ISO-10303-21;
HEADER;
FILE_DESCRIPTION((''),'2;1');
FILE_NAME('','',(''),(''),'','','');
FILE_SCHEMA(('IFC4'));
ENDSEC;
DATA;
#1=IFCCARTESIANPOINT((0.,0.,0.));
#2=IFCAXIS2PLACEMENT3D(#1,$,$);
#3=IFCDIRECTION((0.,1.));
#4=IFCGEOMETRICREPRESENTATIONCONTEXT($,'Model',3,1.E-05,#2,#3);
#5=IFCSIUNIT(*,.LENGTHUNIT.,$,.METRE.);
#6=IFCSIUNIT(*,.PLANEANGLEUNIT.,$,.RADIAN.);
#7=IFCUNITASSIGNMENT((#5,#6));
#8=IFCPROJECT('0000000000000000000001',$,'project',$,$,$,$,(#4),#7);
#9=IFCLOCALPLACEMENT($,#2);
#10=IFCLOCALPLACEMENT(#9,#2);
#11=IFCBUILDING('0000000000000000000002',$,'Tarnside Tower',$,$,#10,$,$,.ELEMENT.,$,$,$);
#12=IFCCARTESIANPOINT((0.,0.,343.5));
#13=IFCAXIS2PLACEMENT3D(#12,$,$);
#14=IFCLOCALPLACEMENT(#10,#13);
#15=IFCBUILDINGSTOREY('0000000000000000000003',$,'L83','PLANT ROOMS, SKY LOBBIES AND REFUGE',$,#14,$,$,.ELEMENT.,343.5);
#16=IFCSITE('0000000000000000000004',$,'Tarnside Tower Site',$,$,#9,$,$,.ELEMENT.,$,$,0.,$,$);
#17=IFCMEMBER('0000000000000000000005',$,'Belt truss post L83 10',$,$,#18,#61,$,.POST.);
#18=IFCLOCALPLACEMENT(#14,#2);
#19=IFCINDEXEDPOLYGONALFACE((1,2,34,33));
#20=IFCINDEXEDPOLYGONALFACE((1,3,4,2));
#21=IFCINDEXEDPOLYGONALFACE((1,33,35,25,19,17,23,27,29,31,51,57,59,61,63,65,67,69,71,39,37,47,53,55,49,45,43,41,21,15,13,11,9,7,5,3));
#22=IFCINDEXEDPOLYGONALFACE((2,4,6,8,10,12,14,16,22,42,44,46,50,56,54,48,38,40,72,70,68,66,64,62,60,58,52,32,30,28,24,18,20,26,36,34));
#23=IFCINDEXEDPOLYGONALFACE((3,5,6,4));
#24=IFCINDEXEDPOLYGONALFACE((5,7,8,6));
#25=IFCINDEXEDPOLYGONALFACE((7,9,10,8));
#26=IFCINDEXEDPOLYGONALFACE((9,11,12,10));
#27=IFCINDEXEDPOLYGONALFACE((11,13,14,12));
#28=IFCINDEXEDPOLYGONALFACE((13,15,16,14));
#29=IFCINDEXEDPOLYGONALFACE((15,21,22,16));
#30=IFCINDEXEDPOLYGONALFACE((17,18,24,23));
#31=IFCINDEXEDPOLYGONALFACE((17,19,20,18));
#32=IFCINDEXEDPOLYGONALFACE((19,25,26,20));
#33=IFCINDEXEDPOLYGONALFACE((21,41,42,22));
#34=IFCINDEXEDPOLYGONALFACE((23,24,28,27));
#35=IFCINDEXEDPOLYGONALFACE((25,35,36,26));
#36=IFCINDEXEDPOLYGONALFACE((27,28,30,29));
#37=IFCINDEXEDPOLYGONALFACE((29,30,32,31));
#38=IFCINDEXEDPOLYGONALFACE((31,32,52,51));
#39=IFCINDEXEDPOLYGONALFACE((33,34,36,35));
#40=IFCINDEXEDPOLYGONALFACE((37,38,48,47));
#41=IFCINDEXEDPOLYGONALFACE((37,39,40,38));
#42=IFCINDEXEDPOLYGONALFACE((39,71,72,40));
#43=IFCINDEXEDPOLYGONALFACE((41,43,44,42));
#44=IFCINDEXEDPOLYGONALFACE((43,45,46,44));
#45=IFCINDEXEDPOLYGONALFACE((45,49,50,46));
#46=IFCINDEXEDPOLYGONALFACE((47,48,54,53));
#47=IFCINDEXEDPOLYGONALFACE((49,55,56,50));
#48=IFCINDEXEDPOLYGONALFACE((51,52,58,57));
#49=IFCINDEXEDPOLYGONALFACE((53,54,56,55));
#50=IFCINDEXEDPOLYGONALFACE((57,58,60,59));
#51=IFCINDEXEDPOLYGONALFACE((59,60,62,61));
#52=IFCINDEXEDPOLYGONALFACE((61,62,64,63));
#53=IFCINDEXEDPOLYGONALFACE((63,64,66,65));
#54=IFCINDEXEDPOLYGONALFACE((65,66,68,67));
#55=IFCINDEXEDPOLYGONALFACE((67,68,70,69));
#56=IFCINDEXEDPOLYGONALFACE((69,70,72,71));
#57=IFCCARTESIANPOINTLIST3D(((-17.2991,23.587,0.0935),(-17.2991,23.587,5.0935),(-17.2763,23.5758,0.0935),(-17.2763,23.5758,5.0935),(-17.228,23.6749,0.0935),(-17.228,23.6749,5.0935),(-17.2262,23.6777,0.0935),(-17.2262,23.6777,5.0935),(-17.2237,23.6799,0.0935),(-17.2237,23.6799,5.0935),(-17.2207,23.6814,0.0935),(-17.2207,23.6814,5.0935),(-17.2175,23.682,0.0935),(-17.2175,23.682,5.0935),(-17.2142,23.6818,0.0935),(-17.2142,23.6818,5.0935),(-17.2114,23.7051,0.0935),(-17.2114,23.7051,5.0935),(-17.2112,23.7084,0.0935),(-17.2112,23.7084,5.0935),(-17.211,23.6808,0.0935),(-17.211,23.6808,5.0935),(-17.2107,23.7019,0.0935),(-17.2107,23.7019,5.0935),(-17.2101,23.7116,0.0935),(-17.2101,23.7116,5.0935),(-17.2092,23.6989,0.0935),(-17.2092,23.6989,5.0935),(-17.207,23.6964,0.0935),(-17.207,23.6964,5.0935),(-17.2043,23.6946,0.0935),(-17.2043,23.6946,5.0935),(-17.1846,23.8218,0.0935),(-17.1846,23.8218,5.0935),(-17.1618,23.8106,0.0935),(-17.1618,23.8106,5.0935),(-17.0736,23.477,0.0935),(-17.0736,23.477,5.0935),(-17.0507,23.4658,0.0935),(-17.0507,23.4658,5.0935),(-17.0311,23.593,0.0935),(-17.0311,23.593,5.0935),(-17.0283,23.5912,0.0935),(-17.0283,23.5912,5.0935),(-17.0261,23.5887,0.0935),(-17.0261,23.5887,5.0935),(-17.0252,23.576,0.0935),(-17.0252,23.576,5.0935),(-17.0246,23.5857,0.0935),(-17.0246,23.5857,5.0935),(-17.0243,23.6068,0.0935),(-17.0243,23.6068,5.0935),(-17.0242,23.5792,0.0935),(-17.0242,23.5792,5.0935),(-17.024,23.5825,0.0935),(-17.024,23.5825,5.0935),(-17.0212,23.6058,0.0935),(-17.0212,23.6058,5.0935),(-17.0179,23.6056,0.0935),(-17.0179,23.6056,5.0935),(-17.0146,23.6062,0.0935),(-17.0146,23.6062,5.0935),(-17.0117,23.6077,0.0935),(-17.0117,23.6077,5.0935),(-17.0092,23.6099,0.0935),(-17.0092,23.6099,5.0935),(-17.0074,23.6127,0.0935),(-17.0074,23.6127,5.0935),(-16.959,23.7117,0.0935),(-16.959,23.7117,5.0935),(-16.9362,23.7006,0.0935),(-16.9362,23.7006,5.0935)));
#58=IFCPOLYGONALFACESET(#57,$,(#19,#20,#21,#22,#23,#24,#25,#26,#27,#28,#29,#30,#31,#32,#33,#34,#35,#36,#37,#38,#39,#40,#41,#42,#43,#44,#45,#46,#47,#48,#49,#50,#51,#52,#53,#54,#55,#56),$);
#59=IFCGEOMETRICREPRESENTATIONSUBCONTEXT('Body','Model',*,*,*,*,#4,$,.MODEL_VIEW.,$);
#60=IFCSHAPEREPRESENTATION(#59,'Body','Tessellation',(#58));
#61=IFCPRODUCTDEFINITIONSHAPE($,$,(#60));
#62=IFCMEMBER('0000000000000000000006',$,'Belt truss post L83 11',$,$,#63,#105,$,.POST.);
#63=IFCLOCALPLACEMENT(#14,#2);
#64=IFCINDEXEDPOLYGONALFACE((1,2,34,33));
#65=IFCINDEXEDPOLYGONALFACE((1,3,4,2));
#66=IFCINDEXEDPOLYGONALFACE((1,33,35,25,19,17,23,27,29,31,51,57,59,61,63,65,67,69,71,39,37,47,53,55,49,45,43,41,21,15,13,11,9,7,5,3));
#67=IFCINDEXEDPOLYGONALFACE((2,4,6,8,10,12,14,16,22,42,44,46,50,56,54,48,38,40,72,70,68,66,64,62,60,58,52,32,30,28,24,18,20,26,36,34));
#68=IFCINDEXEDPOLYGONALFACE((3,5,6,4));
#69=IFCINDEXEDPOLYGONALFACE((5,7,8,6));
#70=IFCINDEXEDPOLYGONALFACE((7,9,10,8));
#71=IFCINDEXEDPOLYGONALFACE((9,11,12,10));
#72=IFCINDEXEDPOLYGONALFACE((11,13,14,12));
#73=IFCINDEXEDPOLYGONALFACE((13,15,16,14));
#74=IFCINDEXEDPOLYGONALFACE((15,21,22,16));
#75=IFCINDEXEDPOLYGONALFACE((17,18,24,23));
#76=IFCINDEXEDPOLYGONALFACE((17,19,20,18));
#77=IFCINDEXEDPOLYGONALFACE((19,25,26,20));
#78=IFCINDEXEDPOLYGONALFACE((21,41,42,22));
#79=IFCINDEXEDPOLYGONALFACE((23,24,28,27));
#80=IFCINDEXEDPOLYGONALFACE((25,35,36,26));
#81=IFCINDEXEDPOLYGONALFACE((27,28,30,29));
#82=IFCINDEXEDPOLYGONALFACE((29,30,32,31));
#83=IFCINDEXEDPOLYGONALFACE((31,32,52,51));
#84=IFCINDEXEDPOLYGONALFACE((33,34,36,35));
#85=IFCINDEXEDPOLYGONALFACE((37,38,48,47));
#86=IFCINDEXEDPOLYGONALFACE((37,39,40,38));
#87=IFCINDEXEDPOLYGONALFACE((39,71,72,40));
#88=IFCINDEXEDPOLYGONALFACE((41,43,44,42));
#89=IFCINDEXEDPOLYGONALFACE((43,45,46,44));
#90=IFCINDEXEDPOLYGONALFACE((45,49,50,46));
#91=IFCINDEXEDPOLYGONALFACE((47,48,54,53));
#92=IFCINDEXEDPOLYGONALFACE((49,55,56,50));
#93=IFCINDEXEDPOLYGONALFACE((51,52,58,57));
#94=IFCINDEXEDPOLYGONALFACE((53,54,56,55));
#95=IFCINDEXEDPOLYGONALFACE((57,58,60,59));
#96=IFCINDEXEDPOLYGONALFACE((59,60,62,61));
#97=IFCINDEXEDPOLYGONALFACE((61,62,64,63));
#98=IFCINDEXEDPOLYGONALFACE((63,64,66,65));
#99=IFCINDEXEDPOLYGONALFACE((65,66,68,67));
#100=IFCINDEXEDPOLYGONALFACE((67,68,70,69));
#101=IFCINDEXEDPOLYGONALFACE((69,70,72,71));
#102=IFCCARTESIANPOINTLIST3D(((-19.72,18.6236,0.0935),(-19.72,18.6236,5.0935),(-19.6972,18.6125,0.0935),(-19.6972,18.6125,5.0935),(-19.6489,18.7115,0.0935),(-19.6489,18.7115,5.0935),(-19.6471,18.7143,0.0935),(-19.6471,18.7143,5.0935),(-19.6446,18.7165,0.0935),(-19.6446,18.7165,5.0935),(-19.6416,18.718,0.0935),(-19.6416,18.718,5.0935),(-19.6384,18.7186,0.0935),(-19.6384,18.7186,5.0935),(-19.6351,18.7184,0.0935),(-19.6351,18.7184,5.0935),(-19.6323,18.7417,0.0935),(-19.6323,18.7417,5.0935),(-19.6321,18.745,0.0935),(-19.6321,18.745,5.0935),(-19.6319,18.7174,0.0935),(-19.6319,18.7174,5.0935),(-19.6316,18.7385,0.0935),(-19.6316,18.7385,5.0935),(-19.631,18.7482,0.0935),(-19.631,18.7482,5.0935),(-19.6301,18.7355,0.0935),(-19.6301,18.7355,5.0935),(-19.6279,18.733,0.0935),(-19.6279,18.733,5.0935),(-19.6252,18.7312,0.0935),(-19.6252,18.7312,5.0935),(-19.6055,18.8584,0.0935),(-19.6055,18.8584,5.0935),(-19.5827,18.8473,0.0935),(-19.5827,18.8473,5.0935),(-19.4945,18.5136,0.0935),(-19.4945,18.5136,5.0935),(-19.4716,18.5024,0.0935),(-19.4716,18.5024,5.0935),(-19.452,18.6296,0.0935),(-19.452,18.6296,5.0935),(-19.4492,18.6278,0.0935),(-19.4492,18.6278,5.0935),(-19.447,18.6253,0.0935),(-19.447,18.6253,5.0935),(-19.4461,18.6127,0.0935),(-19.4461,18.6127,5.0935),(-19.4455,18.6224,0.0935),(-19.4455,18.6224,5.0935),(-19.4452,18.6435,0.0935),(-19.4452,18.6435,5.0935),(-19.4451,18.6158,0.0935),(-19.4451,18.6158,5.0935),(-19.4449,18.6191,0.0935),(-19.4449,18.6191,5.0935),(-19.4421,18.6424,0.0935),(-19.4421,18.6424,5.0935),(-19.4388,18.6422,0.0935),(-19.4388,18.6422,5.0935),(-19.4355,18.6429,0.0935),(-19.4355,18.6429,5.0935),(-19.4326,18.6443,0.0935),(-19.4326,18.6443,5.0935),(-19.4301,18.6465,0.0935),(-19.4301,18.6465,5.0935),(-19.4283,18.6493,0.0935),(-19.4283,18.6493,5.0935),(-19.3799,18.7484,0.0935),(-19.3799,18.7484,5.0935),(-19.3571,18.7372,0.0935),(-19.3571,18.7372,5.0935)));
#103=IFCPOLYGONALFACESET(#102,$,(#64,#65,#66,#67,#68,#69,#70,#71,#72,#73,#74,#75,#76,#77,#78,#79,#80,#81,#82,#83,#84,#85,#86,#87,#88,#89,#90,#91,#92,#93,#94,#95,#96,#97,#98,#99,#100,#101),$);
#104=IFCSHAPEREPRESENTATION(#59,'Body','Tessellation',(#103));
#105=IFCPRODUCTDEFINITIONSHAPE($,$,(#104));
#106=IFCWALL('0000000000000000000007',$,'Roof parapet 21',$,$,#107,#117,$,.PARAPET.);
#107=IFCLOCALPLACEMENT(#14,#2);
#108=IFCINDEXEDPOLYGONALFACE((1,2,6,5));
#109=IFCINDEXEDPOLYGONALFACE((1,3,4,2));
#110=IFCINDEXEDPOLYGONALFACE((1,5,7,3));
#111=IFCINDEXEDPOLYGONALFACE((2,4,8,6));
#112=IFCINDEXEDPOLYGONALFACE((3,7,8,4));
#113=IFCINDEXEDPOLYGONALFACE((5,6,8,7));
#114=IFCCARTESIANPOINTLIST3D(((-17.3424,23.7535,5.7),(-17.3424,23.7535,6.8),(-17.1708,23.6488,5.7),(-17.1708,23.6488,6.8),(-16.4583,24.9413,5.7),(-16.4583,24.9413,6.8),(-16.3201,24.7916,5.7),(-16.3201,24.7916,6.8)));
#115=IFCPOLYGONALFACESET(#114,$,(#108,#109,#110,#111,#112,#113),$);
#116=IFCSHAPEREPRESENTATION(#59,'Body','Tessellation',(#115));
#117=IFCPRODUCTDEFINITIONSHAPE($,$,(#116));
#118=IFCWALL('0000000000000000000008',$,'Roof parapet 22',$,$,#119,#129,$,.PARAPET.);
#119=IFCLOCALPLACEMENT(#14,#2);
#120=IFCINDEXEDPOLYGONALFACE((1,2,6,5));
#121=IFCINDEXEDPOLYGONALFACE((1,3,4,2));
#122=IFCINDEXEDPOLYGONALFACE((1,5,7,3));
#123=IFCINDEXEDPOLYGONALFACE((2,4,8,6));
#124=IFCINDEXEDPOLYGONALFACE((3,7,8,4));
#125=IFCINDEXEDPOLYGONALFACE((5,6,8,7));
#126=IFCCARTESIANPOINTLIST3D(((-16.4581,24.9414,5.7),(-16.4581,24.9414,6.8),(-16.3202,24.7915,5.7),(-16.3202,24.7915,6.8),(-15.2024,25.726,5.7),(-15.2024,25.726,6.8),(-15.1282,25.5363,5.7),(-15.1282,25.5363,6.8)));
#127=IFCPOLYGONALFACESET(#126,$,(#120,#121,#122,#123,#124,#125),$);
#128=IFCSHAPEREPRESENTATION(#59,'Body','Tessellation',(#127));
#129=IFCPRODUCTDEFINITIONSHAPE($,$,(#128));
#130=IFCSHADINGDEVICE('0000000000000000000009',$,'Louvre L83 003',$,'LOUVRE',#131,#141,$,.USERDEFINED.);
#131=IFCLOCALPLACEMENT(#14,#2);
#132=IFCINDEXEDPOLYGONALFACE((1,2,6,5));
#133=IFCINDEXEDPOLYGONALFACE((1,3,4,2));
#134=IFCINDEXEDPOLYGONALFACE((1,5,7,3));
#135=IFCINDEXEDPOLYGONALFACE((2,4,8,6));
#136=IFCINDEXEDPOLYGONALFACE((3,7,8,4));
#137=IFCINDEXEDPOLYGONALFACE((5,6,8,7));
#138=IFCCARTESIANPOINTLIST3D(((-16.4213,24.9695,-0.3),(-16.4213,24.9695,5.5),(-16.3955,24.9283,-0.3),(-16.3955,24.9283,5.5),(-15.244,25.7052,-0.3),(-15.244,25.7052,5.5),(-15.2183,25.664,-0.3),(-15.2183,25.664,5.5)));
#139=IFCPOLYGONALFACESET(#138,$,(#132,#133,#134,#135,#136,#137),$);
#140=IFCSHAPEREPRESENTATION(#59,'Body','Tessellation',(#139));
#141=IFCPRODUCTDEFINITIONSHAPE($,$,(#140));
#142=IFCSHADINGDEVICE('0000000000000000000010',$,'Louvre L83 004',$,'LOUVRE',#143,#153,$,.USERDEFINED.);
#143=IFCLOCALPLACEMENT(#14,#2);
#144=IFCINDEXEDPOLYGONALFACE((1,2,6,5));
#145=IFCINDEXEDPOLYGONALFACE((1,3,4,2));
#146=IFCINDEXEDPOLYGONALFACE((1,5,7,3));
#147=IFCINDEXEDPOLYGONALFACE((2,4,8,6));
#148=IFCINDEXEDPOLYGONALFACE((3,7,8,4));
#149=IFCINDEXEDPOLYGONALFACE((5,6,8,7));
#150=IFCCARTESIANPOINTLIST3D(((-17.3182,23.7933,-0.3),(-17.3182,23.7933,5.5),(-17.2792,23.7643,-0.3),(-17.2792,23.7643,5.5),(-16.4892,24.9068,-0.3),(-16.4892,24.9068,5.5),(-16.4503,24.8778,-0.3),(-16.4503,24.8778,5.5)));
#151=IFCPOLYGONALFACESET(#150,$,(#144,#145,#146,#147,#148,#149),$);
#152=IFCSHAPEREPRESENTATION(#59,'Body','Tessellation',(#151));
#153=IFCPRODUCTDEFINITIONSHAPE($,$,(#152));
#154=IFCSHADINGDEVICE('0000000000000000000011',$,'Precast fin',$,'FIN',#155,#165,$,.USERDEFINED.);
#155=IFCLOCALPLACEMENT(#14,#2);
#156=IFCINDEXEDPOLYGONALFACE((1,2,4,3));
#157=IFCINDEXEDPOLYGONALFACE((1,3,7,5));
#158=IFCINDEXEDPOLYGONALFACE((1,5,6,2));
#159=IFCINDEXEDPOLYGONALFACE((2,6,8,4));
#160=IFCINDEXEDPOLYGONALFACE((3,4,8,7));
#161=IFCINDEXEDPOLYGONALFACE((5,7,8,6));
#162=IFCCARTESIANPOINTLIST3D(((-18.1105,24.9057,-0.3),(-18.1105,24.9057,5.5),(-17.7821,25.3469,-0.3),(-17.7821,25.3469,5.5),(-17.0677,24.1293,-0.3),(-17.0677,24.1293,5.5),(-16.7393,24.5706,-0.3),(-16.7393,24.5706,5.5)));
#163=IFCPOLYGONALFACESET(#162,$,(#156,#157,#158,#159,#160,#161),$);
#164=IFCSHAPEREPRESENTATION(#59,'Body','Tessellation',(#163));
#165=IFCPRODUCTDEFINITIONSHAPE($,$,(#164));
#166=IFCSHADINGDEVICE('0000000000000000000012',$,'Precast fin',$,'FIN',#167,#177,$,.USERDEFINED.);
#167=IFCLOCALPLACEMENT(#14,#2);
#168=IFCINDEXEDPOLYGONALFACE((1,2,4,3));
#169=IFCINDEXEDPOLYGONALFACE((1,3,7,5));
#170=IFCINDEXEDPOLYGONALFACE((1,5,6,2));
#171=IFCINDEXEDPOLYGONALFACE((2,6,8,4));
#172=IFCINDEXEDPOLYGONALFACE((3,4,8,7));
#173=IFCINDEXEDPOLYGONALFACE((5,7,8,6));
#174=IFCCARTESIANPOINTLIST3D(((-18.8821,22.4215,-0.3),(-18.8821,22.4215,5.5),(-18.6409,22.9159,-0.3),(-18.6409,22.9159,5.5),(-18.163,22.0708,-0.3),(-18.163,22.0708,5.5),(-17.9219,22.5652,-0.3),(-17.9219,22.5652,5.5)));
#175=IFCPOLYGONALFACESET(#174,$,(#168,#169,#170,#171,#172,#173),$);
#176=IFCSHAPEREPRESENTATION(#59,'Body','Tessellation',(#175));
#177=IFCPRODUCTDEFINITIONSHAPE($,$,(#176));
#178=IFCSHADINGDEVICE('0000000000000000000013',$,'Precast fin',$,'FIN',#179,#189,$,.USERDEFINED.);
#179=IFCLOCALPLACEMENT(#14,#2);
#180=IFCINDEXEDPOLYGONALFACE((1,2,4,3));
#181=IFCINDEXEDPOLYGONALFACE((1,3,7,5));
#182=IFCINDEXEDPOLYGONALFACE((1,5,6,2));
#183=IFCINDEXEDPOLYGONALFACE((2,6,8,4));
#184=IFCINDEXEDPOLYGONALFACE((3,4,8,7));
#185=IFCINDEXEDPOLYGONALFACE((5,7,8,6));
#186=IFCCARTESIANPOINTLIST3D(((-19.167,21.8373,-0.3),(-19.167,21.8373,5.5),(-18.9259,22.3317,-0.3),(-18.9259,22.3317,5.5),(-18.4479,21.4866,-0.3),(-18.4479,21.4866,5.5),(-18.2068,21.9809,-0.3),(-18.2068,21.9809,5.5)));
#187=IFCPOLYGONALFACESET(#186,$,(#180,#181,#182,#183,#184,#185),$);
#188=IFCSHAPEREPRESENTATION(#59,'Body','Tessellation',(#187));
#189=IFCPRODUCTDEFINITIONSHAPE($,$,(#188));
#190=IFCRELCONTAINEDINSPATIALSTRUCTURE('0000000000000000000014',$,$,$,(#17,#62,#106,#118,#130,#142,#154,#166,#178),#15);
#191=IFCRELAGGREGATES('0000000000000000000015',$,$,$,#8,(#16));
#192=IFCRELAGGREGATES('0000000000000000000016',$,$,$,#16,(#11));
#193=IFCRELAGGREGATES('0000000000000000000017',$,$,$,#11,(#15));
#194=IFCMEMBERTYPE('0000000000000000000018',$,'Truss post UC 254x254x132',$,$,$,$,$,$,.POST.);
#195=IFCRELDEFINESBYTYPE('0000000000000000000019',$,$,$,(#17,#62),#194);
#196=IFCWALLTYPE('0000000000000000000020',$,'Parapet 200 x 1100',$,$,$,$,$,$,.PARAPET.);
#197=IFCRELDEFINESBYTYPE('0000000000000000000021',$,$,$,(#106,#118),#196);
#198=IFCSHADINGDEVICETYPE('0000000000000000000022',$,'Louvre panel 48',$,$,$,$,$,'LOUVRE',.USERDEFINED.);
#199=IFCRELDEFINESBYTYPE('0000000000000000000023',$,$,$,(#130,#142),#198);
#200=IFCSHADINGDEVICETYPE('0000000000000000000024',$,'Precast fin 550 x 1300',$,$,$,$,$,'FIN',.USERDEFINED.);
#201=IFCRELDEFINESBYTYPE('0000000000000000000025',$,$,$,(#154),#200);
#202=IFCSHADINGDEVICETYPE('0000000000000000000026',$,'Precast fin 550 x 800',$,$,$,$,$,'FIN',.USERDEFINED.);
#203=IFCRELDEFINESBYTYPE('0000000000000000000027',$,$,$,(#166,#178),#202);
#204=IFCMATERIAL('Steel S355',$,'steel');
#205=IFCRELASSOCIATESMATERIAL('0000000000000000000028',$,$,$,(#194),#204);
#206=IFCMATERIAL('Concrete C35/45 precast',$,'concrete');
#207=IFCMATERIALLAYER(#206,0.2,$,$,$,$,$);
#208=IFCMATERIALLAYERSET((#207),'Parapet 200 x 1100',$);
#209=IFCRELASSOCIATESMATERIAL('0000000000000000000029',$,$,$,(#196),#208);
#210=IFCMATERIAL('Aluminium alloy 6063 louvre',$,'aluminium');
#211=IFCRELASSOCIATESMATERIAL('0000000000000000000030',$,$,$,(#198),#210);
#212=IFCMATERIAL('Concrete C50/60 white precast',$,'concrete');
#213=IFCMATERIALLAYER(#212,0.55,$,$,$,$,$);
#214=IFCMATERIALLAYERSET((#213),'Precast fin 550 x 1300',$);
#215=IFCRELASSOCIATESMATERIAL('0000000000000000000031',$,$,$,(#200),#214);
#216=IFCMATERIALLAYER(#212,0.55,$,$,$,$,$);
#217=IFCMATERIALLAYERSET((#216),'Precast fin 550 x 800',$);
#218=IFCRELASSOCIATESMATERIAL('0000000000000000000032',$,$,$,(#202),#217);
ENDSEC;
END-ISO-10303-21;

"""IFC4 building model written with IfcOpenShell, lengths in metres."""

from ifc_helpers import new_model, si_unit, direction, frame, origin, origin_2d, place, context, subcontext, project, spatial, polyline, i_section, outline, extrude, material, layer, layer_set, material_profile, profile_set, type_object, element, save


model = new_model("IFC4")

# Units and contexts
model_context = context("Model", 3, precision=1e-05, world=origin(), true_north=direction((0.0, 1.0)))
body_context = subcontext(model_context, "Body", "Model", "MODEL_VIEW")
ifc_project = project(units=[si_unit("LENGTHUNIT", "METRE"), si_unit("PLANEANGLEUNIT", "RADIAN")], contexts=[model_context])

# Site, building, storey
site_placement = place(None, origin())
site = spatial("IfcSite", under=ifc_project, at=site_placement, Name="Tarnside Tower Site", CompositionType="ELEMENT", RefElevation=0.0)
building_placement = place(site_placement, origin())
building = spatial("IfcBuilding", under=site, at=building_placement, Name="Tarnside Tower", CompositionType="ELEMENT")
storey_placement = place(building_placement, frame((0.0, 0.0, 343.5)))
storey = spatial("IfcBuildingStorey", under=building, at=storey_placement, Name="L83", Description="PLANT ROOMS, SKY LOBBIES AND REFUGE", CompositionType="ELEMENT", Elevation=343.5)

# Shared definitions
ifc_material_1 = material(Name="Steel S355", Category="steel")

# Members
ifc_material_profile_1 = material_profile(ifc_material_1, i_section(OverallWidth=0.2612, OverallDepth=0.2764, WebThickness=0.0154, FlangeThickness=0.0254, FilletRadius=0.0127, at=origin_2d()), Name="UC 254x254x132")
ifc_profile_set_1 = profile_set([ifc_material_profile_1], Name="Steel S355")
member_type_1 = type_object("IfcMemberType", Name="Truss post UC 254x254x132", PredefinedType="POST", material=ifc_profile_set_1)
for number, where, z_axis, x_axis, name in (
    (1, (-17.1177, 23.6438, 0.0935), (0.0, 0.0, 1.0), (-0.438371, -0.898794, 0.0), "Belt truss post L83 10"),
    (2, (-19.5386, 18.6804, 0.0935), (0.0, 0.0, 1.0), (-0.438371, -0.898794, 0.0), "Belt truss post L83 11"),
):
    element("IfcMember", number, at=place(storey_placement, frame(where, z_axis=z_axis, x_axis=x_axis)), inside=storey, type_object=member_type_1, Name=name, PredefinedType="POST", context=body_context, shape_type="SweptSolid", body=[
        extrude(i_section(OverallWidth=0.2612, OverallDepth=0.2764, WebThickness=0.0154, FlangeThickness=0.0254, FilletRadius=0.0127, at=origin_2d()), origin(), (0.0, 0.0, 1.0), 5.0),
    ])

# Walls
ifc_material_2 = material(Name="Concrete C35/45 precast", Category="concrete")
ifc_layer_1 = layer(ifc_material_2, 0.2)
ifc_layer_set_1 = layer_set([ifc_layer_1], Name="Parapet 200 x 1100")
wall_type = type_object("IfcWallType", Name="Parapet 200 x 1100", PredefinedType="PARAPET", material=ifc_layer_set_1)
wall_1_placement = place(storey_placement, frame((-17.2566, 23.7012, 5.7), z_axis=(0.0, 0.0, 1.0), x_axis=(0.597119, 0.802153, 0.0)))
element("IfcWall", 3, at=wall_1_placement, inside=storey, type_object=wall_type, Name="Roof parapet 21", PredefinedType="PARAPET", context=body_context, shape_type="SweptSolid", body=[
    extrude(outline(polyline([(0.0093, -0.1001), (1.4338, -0.1001), (1.4714, 0.1001), (-0.0093, 0.1001), (0.0093, -0.1001)])), origin(), (0.0, 0.0, 1.0), 1.1001),
])
wall_2_placement = place(storey_placement, frame((-16.3892, 24.8665, 5.7), z_axis=(0.0, 0.0, 1.0), x_axis=(0.848084, 0.529862, 0.0)))
element("IfcWall", 4, at=wall_2_placement, inside=storey, type_object=wall_type, Name="Roof parapet 22", PredefinedType="PARAPET", context=body_context, shape_type="SweptSolid", body=[
    extrude(outline(polyline([(0.0188, -0.1001), (1.4243, -0.1001), (1.4619, 0.1001), (-0.0188, 0.1001), (0.0188, -0.1001)])), origin(), (0.0, 0.0, 1.0), 1.1001),
])

# Shading devices
ifc_material_3 = material(Name="Aluminium alloy 6063 louvre", Category="aluminium")
shading_device_type_1 = type_object("IfcShadingDeviceType", Name="Louvre panel 48", ElementType="LOUVRE", PredefinedType="USERDEFINED", material=ifc_material_3)
for number, where, z_axis, x_axis, name in (
    (5, (-15.8069, 25.2961, -0.3), (0.848047, 0.529921, 0.0), (-0.529921, 0.848047, 0.0), "Louvre L83 003"),
    (6, (-16.8647, 24.321, -0.3), (0.597172, 0.802113, 0.0), (-0.802113, 0.597172, 0.0), "Louvre L83 004"),
):
    element("IfcShadingDevice", number, at=place(storey_placement, frame(where, z_axis=z_axis, x_axis=x_axis)), inside=storey, type_object=shading_device_type_1, Name=name, ObjectType="LOUVRE", PredefinedType="USERDEFINED", context=body_context, shape_type="SweptSolid", body=[
        extrude(outline(polyline([(0.0, 0.0), (0.0486, 0.0), (0.0486, 5.8), (0.0, 5.8), (0.0, 0.0)])), frame((0.0, 0.0, -0.6941)), (0.0, 0.0, 1.0), 1.3882),
    ])
ifc_material_4 = material(Name="Concrete C50/60 white precast", Category="concrete")
ifc_layer_2 = layer(ifc_material_4, 0.55)
ifc_layer_set_2 = layer_set([ifc_layer_2], Name="Precast fin 550 x 1300")
shading_device_type_2 = type_object("IfcShadingDeviceType", Name="Precast fin 550 x 1300", ElementType="FIN", PredefinedType="USERDEFINED", material=ifc_layer_set_2)
shading_device_placement = place(storey_placement, frame((-16.9036, 24.3499, -0.3), z_axis=(0.597159, 0.802123, 0.0), x_axis=(-0.802123, 0.597159, 0.0)))
element("IfcShadingDevice", 7, at=shading_device_placement, inside=storey, type_object=shading_device_type_2, Name="Precast fin", ObjectType="FIN", PredefinedType="USERDEFINED", context=body_context, shape_type="SweptSolid", body=[
    extrude(outline(polyline([(0.0, 0.0), (1.3, 0.0), (1.3, 5.8), (0.0, 5.8), (0.0, 0.0)])), frame((0.0, 0.0, -0.2749)), (0.0, 0.0, 1.0), 0.55),
])
ifc_layer_3 = layer(ifc_material_4, 0.55)
ifc_layer_set_3 = layer_set([ifc_layer_3], Name="Precast fin 550 x 800")
shading_device_type_3 = type_object("IfcShadingDeviceType", Name="Precast fin 550 x 800", ElementType="FIN", PredefinedType="USERDEFINED", material=ifc_layer_set_3)
for number, where, z_axis, x_axis, name in (
    (8, (-18.0425, 22.3179, -0.3), (0.438371, 0.898794, 0.0), (-0.898794, 0.438371, 0.0), "Precast fin"),
    (9, (-18.3274, 21.7336, -0.3), (0.438371, 0.898794, 0.0), (-0.898794, 0.438371, 0.0), "Precast fin"),
):
    element("IfcShadingDevice", number, at=place(storey_placement, frame(where, z_axis=z_axis, x_axis=x_axis)), inside=storey, type_object=shading_device_type_3, Name=name, ObjectType="FIN", PredefinedType="USERDEFINED", context=body_context, shape_type="SweptSolid", body=[
        extrude(outline(polyline([(0.0, 0.0), (0.8, 0.0), (0.8, 5.8), (0.0, 5.8), (0.0, 0.0)])), frame((0.0, 0.0, -0.2749)), (0.0, 0.0, 1.0), 0.55),
    ])

save(model, "model.ifc")
